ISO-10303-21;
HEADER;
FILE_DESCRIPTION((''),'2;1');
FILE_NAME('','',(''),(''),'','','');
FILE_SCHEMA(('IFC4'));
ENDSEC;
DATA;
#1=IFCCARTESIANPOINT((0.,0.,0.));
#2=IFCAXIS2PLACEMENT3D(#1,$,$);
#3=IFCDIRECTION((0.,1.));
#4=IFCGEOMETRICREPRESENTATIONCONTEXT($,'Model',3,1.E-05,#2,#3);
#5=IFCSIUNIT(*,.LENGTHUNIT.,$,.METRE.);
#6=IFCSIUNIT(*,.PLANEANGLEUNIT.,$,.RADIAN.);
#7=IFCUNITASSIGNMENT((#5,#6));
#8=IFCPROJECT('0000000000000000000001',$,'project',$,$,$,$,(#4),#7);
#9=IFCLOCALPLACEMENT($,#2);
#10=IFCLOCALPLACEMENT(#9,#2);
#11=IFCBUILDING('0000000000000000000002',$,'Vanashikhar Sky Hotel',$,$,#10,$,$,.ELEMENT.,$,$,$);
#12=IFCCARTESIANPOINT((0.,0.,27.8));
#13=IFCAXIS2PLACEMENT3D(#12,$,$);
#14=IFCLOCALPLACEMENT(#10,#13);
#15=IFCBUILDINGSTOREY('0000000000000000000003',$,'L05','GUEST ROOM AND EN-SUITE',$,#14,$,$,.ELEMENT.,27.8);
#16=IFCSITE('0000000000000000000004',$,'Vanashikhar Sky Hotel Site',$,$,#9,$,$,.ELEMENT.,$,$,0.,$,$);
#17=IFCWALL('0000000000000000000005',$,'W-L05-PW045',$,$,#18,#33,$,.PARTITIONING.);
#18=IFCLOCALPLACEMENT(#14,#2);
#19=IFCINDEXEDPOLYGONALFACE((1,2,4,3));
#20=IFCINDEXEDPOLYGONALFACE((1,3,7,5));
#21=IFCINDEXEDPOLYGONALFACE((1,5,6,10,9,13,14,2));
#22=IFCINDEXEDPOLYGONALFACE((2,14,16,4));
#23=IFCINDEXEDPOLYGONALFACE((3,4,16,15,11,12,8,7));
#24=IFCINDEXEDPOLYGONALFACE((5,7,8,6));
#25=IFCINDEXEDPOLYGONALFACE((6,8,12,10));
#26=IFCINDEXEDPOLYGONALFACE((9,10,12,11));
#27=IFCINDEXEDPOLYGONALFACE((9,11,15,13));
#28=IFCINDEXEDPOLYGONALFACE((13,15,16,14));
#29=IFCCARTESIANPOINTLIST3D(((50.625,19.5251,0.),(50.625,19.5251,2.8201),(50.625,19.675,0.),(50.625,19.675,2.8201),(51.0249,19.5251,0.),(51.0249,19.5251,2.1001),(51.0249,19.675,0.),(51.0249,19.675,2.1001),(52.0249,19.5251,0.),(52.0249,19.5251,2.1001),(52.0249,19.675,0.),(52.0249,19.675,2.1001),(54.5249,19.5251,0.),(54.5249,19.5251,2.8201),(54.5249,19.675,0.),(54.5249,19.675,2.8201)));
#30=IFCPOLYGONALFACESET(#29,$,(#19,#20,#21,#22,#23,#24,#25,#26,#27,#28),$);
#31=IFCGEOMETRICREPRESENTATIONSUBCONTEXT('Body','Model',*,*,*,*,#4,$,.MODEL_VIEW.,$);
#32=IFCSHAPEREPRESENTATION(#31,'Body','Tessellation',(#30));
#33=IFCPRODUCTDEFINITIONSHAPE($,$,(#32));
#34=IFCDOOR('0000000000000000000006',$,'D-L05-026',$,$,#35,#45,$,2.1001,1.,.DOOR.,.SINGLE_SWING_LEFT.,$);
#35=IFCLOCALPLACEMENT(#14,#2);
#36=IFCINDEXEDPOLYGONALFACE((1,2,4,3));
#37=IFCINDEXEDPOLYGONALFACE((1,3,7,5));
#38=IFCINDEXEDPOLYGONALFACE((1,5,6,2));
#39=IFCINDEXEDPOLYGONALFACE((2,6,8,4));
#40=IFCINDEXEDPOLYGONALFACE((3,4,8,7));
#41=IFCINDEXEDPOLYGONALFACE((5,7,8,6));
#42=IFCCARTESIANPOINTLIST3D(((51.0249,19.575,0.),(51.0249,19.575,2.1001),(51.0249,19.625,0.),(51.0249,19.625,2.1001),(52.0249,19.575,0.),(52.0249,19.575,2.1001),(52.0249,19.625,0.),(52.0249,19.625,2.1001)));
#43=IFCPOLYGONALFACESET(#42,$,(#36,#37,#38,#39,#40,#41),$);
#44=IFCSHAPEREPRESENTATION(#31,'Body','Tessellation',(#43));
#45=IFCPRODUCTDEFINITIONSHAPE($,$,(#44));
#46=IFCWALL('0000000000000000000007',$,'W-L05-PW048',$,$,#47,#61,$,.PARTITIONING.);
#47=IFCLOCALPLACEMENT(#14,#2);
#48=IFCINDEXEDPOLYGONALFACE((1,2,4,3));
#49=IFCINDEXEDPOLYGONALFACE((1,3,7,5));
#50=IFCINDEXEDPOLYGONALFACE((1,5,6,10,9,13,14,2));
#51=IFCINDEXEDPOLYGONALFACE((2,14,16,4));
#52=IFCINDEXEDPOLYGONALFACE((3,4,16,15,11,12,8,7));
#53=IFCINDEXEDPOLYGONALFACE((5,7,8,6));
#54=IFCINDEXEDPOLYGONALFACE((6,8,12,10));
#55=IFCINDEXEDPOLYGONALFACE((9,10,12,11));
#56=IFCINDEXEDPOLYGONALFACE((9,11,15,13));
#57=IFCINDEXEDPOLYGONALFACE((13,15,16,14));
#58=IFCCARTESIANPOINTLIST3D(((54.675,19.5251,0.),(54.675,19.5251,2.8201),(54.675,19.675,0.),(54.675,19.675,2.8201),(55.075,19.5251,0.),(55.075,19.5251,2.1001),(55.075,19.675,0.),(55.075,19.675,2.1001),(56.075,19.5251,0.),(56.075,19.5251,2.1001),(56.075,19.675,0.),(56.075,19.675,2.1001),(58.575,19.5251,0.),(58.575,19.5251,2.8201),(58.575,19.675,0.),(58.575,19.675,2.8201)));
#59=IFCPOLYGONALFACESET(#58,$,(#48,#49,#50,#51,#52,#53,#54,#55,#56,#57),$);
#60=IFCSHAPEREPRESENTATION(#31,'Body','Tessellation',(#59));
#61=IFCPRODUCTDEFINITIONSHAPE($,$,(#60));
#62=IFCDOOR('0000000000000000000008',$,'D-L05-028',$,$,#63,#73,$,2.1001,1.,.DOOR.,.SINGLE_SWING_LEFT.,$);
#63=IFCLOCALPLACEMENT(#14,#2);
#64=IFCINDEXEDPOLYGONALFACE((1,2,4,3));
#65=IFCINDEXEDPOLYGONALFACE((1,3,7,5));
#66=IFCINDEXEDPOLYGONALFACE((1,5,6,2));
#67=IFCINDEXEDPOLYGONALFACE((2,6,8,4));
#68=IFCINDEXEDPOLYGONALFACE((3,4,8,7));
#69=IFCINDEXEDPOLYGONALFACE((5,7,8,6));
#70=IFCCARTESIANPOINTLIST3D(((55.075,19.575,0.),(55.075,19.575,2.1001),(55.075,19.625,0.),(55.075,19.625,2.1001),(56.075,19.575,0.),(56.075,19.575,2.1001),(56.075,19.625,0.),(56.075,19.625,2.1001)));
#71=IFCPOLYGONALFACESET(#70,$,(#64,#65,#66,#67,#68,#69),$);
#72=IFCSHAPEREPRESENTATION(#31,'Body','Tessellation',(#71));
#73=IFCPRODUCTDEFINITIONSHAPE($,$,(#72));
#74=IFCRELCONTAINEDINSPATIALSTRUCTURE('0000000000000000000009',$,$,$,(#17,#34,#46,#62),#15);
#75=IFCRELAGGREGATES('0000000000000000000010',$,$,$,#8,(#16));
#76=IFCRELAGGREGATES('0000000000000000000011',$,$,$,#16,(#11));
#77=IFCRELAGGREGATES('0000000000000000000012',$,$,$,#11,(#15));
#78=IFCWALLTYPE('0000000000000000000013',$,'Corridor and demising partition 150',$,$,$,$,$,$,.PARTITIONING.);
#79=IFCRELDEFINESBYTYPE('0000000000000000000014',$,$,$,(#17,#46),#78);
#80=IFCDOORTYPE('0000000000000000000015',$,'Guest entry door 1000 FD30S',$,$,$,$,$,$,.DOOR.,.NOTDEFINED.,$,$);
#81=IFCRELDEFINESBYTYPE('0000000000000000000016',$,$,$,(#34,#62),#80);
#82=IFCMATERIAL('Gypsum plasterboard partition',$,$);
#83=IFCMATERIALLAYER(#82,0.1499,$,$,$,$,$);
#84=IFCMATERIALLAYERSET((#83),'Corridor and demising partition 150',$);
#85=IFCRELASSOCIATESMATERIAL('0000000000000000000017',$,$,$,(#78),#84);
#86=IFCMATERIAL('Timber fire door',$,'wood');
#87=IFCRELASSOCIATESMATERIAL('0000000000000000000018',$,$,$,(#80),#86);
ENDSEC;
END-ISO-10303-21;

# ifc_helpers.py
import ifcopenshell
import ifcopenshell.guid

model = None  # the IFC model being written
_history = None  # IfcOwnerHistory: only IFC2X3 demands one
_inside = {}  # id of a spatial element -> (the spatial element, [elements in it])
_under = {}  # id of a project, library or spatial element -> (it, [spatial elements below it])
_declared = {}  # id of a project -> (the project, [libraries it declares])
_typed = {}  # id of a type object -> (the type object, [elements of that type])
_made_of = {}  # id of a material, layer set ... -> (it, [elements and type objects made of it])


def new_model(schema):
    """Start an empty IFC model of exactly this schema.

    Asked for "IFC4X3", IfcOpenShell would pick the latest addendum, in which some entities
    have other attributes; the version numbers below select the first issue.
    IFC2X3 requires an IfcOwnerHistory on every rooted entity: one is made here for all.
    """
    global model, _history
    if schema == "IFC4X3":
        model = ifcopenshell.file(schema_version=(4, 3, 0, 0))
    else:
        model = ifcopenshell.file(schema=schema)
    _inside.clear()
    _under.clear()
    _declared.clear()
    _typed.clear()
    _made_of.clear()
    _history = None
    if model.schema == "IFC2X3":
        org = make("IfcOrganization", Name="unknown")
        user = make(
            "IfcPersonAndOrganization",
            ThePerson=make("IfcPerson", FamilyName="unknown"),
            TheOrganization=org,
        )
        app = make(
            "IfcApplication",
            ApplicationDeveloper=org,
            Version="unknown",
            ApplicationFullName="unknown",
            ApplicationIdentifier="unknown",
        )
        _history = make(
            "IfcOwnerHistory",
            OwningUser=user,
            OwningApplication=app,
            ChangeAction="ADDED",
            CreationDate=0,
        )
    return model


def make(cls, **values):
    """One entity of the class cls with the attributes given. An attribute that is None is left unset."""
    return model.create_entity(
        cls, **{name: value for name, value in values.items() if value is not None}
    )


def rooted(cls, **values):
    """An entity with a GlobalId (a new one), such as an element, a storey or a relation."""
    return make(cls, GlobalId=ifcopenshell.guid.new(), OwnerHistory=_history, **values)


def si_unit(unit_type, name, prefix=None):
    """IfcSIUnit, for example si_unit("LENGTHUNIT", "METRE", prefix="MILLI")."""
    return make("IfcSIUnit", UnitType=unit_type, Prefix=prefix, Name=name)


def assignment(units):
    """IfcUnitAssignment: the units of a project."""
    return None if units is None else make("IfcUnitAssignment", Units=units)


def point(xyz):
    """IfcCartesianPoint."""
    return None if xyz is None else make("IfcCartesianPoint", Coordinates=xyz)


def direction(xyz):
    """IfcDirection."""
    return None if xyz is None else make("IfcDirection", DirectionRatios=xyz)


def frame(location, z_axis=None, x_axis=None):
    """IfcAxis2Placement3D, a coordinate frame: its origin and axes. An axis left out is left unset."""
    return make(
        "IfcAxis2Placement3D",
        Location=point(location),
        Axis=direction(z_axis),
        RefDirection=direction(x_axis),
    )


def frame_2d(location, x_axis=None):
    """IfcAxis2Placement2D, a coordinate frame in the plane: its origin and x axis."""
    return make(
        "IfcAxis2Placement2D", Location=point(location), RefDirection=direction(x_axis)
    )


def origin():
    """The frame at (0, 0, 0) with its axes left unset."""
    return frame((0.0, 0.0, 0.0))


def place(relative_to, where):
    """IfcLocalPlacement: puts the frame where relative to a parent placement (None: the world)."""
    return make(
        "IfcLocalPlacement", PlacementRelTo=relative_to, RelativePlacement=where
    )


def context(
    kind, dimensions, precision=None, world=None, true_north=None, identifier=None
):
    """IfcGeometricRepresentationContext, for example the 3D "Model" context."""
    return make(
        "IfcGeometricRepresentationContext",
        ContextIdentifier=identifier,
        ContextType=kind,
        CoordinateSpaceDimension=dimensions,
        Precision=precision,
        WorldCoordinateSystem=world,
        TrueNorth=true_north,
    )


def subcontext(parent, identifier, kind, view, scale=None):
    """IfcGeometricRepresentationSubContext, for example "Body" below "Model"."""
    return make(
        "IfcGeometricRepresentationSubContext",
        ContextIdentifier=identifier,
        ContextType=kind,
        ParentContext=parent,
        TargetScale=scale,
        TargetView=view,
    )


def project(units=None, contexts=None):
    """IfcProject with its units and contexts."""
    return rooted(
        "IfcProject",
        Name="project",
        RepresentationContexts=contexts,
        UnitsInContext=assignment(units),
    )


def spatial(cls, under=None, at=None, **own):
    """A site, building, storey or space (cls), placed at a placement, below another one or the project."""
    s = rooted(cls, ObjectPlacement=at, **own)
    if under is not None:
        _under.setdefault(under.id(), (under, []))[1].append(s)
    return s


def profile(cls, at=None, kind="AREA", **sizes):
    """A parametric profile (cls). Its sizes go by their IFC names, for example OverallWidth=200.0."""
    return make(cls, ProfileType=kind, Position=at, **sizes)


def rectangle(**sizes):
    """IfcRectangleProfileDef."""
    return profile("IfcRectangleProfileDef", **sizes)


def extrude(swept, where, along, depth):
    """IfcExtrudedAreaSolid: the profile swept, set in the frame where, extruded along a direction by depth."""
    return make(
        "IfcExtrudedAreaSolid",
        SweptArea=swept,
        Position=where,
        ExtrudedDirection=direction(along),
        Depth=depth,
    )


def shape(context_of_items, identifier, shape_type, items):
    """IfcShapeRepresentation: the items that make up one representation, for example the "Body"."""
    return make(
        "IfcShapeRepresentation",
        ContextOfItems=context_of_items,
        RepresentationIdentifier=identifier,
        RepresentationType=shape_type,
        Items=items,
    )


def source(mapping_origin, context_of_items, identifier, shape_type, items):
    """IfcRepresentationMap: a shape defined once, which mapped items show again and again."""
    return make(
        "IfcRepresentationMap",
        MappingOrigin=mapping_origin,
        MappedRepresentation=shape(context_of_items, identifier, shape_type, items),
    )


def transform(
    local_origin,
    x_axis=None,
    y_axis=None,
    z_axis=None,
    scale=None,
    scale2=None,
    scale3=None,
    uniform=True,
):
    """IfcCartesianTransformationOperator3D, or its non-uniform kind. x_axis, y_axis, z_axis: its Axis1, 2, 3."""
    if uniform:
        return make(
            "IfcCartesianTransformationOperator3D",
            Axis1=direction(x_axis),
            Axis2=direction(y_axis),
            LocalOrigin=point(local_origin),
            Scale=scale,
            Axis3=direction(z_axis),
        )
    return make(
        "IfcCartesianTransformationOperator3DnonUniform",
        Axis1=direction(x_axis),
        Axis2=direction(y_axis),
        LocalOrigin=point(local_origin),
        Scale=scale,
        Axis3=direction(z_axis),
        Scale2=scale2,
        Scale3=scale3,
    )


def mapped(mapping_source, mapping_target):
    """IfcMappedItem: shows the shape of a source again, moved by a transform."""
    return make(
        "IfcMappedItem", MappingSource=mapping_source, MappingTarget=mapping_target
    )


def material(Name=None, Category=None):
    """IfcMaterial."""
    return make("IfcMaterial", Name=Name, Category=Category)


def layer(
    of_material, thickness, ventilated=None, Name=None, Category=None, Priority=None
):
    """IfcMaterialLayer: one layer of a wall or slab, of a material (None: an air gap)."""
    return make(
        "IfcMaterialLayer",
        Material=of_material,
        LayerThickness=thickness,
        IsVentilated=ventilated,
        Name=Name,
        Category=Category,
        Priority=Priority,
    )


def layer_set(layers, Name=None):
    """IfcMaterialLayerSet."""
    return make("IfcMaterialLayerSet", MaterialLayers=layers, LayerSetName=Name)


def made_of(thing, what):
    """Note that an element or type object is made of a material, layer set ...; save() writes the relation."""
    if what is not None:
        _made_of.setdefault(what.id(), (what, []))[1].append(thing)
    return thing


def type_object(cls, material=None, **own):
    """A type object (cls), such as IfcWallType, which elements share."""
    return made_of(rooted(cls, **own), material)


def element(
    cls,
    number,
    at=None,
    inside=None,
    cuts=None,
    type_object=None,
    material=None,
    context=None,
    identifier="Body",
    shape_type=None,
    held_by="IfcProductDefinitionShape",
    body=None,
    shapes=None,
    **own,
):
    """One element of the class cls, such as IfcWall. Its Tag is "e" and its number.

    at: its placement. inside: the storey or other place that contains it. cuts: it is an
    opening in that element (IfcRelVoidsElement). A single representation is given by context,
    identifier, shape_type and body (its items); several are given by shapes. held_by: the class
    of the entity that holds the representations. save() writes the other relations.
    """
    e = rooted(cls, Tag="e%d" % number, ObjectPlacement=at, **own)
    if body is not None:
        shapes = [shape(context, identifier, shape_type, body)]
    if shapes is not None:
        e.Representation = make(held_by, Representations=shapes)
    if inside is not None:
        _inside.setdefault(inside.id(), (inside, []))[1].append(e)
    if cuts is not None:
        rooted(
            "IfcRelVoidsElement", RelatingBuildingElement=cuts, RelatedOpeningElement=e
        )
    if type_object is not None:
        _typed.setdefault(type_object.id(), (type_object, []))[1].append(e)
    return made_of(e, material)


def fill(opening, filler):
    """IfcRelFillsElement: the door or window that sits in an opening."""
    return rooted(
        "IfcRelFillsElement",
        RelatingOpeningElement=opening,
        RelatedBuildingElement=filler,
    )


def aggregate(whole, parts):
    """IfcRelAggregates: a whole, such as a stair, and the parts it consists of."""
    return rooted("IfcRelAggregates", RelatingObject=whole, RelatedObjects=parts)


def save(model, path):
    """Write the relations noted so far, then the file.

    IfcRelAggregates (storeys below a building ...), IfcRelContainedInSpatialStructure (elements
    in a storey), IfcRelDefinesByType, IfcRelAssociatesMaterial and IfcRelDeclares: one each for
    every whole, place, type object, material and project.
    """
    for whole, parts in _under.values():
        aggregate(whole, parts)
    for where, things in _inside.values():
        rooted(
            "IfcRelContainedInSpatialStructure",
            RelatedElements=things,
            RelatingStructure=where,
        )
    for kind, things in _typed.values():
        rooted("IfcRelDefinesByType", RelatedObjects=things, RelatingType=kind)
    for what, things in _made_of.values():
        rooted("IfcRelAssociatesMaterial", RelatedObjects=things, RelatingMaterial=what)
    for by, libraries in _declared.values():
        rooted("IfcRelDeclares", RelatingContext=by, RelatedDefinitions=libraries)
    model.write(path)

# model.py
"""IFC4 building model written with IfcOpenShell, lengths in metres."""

from ifc_helpers import new_model, si_unit, direction, frame, frame_2d, origin, place, context, subcontext, project, spatial, rectangle, extrude, source, transform, mapped, material, layer, layer_set, type_object, element, fill, save


model = new_model("IFC4")

# Units and contexts
model_context = context("Model", 3, precision=1e-05, world=origin(), true_north=direction((0.0, 1.0)))
body_context = subcontext(model_context, "Body", "Model", "MODEL_VIEW")
ifc_project = project(units=[si_unit("LENGTHUNIT", "METRE"), si_unit("PLANEANGLEUNIT", "RADIAN")], contexts=[model_context])

# Site, building, storey
site_placement = place(None, origin())
site = spatial("IfcSite", under=ifc_project, at=site_placement, Name="Vanashikhar Sky Hotel Site", CompositionType="ELEMENT", RefElevation=0.0)
building_placement = place(site_placement, origin())
building = spatial("IfcBuilding", under=site, at=building_placement, Name="Vanashikhar Sky Hotel", CompositionType="ELEMENT")
storey_placement = place(building_placement, frame((0.0, 0.0, 27.8)))
storey = spatial("IfcBuildingStorey", under=building, at=storey_placement, Name="L05", Description="GUEST ROOM AND EN-SUITE", CompositionType="ELEMENT", Elevation=27.8)

# Shared definitions
ifc_material_1 = material(Name="Gypsum plasterboard partition")

# Walls, openings, doors
ifc_layer_1 = layer(ifc_material_1, 0.1499)
ifc_layer_set_1 = layer_set([ifc_layer_1], Name="Corridor and demising partition 150")
wall_type_1 = type_object("IfcWallType", Name="Corridor and demising partition 150", PredefinedType="PARTITIONING", material=ifc_layer_set_1)
shared_shape_1 = source(origin(), body_context, "Body", "SweptSolid", [
    extrude(rectangle(XDim=1.0, YDim=2.1001, at=frame_2d((0.5, 1.05))), frame((0.0, 0.085, 0.0), z_axis=(0.0, -1.0, 0.0), x_axis=(1.0, 0.0, 0.0)), (0.0, 0.0, 1.0), 0.1699),
])
ifc_material_2 = material(Name="Timber fire door", Category="wood")
door_type = type_object("IfcDoorType", Name="Guest entry door 1000 FD30S", OperationType="NOTDEFINED", PredefinedType="DOOR", material=ifc_material_2)
shared_shape_2 = source(origin(), body_context, "Body", "SweptSolid", [
    extrude(rectangle(XDim=1.0, YDim=2.1001, at=frame_2d((0.5, 1.05))), frame((0.0, 0.0249, 0.0), z_axis=(0.0, -1.0, 0.0), x_axis=(1.0, 0.0, 0.0)), (0.0, 0.0, 1.0), 0.05),
])
shared_shape_3 = source(origin(), body_context, "Body", "SweptSolid", [
    extrude(rectangle(XDim=3.8999, YDim=0.1499, at=frame_2d((1.95, 0.0))), origin(), (0.0, 0.0, 1.0), 2.8201),
])
wall_1_placement = place(storey_placement, frame((50.625, 19.6001, 0.0), z_axis=(0.0, 0.0, 1.0), x_axis=(1.0, 0.0, 0.0)))
wall_1 = element("IfcWall", 1, at=wall_1_placement, inside=storey, type_object=wall_type_1, Name="W-L05-PW045", PredefinedType="PARTITIONING", context=body_context, shape_type="MappedRepresentation", body=[
    mapped(shared_shape_3, transform((0.0, 0.0, 0.0), scale=1.0)),
])
opening_1_placement = place(wall_1_placement, frame((0.3999, 0.0, 0.0)))
opening_1 = element("IfcOpeningElement", 2, at=opening_1_placement, cuts=wall_1, PredefinedType="OPENING", context=body_context, shape_type="MappedRepresentation", body=[
    mapped(shared_shape_1, transform((0.0, 0.0, 0.0), scale=1.0)),
])
door_1_placement = place(opening_1_placement, origin())
door_1 = element("IfcDoor", 3, at=door_1_placement, inside=storey, type_object=door_type, Name="D-L05-026", OperationType="SINGLE_SWING_LEFT", OverallHeight=2.1001, OverallWidth=1.0, PredefinedType="DOOR", context=body_context, shape_type="MappedRepresentation", body=[
    mapped(shared_shape_2, transform((0.0, 0.0, 0.0), scale=1.0)),
])
fill(opening_1, door_1)
wall_2_placement = place(storey_placement, frame((54.675, 19.6001, 0.0), z_axis=(0.0, 0.0, 1.0), x_axis=(1.0, 0.0, 0.0)))
wall_2 = element("IfcWall", 4, at=wall_2_placement, inside=storey, type_object=wall_type_1, Name="W-L05-PW048", PredefinedType="PARTITIONING", context=body_context, shape_type="MappedRepresentation", body=[
    mapped(shared_shape_3, transform((0.0, 0.0, 0.0), scale=1.0)),
])
opening_2_placement = place(wall_2_placement, frame((0.3999, 0.0, 0.0)))
opening_2 = element("IfcOpeningElement", 5, at=opening_2_placement, cuts=wall_2, PredefinedType="OPENING", context=body_context, shape_type="MappedRepresentation", body=[
    mapped(shared_shape_1, transform((0.0, 0.0, 0.0), scale=1.0)),
])
door_2_placement = place(opening_2_placement, origin())
door_2 = element("IfcDoor", 6, at=door_2_placement, inside=storey, type_object=door_type, Name="D-L05-028", OperationType="SINGLE_SWING_LEFT", OverallHeight=2.1001, OverallWidth=1.0, PredefinedType="DOOR", context=body_context, shape_type="MappedRepresentation", body=[
    mapped(shared_shape_2, transform((0.0, 0.0, 0.0), scale=1.0)),
])
fill(opening_2, door_2)

save(model, "model.ifc")
